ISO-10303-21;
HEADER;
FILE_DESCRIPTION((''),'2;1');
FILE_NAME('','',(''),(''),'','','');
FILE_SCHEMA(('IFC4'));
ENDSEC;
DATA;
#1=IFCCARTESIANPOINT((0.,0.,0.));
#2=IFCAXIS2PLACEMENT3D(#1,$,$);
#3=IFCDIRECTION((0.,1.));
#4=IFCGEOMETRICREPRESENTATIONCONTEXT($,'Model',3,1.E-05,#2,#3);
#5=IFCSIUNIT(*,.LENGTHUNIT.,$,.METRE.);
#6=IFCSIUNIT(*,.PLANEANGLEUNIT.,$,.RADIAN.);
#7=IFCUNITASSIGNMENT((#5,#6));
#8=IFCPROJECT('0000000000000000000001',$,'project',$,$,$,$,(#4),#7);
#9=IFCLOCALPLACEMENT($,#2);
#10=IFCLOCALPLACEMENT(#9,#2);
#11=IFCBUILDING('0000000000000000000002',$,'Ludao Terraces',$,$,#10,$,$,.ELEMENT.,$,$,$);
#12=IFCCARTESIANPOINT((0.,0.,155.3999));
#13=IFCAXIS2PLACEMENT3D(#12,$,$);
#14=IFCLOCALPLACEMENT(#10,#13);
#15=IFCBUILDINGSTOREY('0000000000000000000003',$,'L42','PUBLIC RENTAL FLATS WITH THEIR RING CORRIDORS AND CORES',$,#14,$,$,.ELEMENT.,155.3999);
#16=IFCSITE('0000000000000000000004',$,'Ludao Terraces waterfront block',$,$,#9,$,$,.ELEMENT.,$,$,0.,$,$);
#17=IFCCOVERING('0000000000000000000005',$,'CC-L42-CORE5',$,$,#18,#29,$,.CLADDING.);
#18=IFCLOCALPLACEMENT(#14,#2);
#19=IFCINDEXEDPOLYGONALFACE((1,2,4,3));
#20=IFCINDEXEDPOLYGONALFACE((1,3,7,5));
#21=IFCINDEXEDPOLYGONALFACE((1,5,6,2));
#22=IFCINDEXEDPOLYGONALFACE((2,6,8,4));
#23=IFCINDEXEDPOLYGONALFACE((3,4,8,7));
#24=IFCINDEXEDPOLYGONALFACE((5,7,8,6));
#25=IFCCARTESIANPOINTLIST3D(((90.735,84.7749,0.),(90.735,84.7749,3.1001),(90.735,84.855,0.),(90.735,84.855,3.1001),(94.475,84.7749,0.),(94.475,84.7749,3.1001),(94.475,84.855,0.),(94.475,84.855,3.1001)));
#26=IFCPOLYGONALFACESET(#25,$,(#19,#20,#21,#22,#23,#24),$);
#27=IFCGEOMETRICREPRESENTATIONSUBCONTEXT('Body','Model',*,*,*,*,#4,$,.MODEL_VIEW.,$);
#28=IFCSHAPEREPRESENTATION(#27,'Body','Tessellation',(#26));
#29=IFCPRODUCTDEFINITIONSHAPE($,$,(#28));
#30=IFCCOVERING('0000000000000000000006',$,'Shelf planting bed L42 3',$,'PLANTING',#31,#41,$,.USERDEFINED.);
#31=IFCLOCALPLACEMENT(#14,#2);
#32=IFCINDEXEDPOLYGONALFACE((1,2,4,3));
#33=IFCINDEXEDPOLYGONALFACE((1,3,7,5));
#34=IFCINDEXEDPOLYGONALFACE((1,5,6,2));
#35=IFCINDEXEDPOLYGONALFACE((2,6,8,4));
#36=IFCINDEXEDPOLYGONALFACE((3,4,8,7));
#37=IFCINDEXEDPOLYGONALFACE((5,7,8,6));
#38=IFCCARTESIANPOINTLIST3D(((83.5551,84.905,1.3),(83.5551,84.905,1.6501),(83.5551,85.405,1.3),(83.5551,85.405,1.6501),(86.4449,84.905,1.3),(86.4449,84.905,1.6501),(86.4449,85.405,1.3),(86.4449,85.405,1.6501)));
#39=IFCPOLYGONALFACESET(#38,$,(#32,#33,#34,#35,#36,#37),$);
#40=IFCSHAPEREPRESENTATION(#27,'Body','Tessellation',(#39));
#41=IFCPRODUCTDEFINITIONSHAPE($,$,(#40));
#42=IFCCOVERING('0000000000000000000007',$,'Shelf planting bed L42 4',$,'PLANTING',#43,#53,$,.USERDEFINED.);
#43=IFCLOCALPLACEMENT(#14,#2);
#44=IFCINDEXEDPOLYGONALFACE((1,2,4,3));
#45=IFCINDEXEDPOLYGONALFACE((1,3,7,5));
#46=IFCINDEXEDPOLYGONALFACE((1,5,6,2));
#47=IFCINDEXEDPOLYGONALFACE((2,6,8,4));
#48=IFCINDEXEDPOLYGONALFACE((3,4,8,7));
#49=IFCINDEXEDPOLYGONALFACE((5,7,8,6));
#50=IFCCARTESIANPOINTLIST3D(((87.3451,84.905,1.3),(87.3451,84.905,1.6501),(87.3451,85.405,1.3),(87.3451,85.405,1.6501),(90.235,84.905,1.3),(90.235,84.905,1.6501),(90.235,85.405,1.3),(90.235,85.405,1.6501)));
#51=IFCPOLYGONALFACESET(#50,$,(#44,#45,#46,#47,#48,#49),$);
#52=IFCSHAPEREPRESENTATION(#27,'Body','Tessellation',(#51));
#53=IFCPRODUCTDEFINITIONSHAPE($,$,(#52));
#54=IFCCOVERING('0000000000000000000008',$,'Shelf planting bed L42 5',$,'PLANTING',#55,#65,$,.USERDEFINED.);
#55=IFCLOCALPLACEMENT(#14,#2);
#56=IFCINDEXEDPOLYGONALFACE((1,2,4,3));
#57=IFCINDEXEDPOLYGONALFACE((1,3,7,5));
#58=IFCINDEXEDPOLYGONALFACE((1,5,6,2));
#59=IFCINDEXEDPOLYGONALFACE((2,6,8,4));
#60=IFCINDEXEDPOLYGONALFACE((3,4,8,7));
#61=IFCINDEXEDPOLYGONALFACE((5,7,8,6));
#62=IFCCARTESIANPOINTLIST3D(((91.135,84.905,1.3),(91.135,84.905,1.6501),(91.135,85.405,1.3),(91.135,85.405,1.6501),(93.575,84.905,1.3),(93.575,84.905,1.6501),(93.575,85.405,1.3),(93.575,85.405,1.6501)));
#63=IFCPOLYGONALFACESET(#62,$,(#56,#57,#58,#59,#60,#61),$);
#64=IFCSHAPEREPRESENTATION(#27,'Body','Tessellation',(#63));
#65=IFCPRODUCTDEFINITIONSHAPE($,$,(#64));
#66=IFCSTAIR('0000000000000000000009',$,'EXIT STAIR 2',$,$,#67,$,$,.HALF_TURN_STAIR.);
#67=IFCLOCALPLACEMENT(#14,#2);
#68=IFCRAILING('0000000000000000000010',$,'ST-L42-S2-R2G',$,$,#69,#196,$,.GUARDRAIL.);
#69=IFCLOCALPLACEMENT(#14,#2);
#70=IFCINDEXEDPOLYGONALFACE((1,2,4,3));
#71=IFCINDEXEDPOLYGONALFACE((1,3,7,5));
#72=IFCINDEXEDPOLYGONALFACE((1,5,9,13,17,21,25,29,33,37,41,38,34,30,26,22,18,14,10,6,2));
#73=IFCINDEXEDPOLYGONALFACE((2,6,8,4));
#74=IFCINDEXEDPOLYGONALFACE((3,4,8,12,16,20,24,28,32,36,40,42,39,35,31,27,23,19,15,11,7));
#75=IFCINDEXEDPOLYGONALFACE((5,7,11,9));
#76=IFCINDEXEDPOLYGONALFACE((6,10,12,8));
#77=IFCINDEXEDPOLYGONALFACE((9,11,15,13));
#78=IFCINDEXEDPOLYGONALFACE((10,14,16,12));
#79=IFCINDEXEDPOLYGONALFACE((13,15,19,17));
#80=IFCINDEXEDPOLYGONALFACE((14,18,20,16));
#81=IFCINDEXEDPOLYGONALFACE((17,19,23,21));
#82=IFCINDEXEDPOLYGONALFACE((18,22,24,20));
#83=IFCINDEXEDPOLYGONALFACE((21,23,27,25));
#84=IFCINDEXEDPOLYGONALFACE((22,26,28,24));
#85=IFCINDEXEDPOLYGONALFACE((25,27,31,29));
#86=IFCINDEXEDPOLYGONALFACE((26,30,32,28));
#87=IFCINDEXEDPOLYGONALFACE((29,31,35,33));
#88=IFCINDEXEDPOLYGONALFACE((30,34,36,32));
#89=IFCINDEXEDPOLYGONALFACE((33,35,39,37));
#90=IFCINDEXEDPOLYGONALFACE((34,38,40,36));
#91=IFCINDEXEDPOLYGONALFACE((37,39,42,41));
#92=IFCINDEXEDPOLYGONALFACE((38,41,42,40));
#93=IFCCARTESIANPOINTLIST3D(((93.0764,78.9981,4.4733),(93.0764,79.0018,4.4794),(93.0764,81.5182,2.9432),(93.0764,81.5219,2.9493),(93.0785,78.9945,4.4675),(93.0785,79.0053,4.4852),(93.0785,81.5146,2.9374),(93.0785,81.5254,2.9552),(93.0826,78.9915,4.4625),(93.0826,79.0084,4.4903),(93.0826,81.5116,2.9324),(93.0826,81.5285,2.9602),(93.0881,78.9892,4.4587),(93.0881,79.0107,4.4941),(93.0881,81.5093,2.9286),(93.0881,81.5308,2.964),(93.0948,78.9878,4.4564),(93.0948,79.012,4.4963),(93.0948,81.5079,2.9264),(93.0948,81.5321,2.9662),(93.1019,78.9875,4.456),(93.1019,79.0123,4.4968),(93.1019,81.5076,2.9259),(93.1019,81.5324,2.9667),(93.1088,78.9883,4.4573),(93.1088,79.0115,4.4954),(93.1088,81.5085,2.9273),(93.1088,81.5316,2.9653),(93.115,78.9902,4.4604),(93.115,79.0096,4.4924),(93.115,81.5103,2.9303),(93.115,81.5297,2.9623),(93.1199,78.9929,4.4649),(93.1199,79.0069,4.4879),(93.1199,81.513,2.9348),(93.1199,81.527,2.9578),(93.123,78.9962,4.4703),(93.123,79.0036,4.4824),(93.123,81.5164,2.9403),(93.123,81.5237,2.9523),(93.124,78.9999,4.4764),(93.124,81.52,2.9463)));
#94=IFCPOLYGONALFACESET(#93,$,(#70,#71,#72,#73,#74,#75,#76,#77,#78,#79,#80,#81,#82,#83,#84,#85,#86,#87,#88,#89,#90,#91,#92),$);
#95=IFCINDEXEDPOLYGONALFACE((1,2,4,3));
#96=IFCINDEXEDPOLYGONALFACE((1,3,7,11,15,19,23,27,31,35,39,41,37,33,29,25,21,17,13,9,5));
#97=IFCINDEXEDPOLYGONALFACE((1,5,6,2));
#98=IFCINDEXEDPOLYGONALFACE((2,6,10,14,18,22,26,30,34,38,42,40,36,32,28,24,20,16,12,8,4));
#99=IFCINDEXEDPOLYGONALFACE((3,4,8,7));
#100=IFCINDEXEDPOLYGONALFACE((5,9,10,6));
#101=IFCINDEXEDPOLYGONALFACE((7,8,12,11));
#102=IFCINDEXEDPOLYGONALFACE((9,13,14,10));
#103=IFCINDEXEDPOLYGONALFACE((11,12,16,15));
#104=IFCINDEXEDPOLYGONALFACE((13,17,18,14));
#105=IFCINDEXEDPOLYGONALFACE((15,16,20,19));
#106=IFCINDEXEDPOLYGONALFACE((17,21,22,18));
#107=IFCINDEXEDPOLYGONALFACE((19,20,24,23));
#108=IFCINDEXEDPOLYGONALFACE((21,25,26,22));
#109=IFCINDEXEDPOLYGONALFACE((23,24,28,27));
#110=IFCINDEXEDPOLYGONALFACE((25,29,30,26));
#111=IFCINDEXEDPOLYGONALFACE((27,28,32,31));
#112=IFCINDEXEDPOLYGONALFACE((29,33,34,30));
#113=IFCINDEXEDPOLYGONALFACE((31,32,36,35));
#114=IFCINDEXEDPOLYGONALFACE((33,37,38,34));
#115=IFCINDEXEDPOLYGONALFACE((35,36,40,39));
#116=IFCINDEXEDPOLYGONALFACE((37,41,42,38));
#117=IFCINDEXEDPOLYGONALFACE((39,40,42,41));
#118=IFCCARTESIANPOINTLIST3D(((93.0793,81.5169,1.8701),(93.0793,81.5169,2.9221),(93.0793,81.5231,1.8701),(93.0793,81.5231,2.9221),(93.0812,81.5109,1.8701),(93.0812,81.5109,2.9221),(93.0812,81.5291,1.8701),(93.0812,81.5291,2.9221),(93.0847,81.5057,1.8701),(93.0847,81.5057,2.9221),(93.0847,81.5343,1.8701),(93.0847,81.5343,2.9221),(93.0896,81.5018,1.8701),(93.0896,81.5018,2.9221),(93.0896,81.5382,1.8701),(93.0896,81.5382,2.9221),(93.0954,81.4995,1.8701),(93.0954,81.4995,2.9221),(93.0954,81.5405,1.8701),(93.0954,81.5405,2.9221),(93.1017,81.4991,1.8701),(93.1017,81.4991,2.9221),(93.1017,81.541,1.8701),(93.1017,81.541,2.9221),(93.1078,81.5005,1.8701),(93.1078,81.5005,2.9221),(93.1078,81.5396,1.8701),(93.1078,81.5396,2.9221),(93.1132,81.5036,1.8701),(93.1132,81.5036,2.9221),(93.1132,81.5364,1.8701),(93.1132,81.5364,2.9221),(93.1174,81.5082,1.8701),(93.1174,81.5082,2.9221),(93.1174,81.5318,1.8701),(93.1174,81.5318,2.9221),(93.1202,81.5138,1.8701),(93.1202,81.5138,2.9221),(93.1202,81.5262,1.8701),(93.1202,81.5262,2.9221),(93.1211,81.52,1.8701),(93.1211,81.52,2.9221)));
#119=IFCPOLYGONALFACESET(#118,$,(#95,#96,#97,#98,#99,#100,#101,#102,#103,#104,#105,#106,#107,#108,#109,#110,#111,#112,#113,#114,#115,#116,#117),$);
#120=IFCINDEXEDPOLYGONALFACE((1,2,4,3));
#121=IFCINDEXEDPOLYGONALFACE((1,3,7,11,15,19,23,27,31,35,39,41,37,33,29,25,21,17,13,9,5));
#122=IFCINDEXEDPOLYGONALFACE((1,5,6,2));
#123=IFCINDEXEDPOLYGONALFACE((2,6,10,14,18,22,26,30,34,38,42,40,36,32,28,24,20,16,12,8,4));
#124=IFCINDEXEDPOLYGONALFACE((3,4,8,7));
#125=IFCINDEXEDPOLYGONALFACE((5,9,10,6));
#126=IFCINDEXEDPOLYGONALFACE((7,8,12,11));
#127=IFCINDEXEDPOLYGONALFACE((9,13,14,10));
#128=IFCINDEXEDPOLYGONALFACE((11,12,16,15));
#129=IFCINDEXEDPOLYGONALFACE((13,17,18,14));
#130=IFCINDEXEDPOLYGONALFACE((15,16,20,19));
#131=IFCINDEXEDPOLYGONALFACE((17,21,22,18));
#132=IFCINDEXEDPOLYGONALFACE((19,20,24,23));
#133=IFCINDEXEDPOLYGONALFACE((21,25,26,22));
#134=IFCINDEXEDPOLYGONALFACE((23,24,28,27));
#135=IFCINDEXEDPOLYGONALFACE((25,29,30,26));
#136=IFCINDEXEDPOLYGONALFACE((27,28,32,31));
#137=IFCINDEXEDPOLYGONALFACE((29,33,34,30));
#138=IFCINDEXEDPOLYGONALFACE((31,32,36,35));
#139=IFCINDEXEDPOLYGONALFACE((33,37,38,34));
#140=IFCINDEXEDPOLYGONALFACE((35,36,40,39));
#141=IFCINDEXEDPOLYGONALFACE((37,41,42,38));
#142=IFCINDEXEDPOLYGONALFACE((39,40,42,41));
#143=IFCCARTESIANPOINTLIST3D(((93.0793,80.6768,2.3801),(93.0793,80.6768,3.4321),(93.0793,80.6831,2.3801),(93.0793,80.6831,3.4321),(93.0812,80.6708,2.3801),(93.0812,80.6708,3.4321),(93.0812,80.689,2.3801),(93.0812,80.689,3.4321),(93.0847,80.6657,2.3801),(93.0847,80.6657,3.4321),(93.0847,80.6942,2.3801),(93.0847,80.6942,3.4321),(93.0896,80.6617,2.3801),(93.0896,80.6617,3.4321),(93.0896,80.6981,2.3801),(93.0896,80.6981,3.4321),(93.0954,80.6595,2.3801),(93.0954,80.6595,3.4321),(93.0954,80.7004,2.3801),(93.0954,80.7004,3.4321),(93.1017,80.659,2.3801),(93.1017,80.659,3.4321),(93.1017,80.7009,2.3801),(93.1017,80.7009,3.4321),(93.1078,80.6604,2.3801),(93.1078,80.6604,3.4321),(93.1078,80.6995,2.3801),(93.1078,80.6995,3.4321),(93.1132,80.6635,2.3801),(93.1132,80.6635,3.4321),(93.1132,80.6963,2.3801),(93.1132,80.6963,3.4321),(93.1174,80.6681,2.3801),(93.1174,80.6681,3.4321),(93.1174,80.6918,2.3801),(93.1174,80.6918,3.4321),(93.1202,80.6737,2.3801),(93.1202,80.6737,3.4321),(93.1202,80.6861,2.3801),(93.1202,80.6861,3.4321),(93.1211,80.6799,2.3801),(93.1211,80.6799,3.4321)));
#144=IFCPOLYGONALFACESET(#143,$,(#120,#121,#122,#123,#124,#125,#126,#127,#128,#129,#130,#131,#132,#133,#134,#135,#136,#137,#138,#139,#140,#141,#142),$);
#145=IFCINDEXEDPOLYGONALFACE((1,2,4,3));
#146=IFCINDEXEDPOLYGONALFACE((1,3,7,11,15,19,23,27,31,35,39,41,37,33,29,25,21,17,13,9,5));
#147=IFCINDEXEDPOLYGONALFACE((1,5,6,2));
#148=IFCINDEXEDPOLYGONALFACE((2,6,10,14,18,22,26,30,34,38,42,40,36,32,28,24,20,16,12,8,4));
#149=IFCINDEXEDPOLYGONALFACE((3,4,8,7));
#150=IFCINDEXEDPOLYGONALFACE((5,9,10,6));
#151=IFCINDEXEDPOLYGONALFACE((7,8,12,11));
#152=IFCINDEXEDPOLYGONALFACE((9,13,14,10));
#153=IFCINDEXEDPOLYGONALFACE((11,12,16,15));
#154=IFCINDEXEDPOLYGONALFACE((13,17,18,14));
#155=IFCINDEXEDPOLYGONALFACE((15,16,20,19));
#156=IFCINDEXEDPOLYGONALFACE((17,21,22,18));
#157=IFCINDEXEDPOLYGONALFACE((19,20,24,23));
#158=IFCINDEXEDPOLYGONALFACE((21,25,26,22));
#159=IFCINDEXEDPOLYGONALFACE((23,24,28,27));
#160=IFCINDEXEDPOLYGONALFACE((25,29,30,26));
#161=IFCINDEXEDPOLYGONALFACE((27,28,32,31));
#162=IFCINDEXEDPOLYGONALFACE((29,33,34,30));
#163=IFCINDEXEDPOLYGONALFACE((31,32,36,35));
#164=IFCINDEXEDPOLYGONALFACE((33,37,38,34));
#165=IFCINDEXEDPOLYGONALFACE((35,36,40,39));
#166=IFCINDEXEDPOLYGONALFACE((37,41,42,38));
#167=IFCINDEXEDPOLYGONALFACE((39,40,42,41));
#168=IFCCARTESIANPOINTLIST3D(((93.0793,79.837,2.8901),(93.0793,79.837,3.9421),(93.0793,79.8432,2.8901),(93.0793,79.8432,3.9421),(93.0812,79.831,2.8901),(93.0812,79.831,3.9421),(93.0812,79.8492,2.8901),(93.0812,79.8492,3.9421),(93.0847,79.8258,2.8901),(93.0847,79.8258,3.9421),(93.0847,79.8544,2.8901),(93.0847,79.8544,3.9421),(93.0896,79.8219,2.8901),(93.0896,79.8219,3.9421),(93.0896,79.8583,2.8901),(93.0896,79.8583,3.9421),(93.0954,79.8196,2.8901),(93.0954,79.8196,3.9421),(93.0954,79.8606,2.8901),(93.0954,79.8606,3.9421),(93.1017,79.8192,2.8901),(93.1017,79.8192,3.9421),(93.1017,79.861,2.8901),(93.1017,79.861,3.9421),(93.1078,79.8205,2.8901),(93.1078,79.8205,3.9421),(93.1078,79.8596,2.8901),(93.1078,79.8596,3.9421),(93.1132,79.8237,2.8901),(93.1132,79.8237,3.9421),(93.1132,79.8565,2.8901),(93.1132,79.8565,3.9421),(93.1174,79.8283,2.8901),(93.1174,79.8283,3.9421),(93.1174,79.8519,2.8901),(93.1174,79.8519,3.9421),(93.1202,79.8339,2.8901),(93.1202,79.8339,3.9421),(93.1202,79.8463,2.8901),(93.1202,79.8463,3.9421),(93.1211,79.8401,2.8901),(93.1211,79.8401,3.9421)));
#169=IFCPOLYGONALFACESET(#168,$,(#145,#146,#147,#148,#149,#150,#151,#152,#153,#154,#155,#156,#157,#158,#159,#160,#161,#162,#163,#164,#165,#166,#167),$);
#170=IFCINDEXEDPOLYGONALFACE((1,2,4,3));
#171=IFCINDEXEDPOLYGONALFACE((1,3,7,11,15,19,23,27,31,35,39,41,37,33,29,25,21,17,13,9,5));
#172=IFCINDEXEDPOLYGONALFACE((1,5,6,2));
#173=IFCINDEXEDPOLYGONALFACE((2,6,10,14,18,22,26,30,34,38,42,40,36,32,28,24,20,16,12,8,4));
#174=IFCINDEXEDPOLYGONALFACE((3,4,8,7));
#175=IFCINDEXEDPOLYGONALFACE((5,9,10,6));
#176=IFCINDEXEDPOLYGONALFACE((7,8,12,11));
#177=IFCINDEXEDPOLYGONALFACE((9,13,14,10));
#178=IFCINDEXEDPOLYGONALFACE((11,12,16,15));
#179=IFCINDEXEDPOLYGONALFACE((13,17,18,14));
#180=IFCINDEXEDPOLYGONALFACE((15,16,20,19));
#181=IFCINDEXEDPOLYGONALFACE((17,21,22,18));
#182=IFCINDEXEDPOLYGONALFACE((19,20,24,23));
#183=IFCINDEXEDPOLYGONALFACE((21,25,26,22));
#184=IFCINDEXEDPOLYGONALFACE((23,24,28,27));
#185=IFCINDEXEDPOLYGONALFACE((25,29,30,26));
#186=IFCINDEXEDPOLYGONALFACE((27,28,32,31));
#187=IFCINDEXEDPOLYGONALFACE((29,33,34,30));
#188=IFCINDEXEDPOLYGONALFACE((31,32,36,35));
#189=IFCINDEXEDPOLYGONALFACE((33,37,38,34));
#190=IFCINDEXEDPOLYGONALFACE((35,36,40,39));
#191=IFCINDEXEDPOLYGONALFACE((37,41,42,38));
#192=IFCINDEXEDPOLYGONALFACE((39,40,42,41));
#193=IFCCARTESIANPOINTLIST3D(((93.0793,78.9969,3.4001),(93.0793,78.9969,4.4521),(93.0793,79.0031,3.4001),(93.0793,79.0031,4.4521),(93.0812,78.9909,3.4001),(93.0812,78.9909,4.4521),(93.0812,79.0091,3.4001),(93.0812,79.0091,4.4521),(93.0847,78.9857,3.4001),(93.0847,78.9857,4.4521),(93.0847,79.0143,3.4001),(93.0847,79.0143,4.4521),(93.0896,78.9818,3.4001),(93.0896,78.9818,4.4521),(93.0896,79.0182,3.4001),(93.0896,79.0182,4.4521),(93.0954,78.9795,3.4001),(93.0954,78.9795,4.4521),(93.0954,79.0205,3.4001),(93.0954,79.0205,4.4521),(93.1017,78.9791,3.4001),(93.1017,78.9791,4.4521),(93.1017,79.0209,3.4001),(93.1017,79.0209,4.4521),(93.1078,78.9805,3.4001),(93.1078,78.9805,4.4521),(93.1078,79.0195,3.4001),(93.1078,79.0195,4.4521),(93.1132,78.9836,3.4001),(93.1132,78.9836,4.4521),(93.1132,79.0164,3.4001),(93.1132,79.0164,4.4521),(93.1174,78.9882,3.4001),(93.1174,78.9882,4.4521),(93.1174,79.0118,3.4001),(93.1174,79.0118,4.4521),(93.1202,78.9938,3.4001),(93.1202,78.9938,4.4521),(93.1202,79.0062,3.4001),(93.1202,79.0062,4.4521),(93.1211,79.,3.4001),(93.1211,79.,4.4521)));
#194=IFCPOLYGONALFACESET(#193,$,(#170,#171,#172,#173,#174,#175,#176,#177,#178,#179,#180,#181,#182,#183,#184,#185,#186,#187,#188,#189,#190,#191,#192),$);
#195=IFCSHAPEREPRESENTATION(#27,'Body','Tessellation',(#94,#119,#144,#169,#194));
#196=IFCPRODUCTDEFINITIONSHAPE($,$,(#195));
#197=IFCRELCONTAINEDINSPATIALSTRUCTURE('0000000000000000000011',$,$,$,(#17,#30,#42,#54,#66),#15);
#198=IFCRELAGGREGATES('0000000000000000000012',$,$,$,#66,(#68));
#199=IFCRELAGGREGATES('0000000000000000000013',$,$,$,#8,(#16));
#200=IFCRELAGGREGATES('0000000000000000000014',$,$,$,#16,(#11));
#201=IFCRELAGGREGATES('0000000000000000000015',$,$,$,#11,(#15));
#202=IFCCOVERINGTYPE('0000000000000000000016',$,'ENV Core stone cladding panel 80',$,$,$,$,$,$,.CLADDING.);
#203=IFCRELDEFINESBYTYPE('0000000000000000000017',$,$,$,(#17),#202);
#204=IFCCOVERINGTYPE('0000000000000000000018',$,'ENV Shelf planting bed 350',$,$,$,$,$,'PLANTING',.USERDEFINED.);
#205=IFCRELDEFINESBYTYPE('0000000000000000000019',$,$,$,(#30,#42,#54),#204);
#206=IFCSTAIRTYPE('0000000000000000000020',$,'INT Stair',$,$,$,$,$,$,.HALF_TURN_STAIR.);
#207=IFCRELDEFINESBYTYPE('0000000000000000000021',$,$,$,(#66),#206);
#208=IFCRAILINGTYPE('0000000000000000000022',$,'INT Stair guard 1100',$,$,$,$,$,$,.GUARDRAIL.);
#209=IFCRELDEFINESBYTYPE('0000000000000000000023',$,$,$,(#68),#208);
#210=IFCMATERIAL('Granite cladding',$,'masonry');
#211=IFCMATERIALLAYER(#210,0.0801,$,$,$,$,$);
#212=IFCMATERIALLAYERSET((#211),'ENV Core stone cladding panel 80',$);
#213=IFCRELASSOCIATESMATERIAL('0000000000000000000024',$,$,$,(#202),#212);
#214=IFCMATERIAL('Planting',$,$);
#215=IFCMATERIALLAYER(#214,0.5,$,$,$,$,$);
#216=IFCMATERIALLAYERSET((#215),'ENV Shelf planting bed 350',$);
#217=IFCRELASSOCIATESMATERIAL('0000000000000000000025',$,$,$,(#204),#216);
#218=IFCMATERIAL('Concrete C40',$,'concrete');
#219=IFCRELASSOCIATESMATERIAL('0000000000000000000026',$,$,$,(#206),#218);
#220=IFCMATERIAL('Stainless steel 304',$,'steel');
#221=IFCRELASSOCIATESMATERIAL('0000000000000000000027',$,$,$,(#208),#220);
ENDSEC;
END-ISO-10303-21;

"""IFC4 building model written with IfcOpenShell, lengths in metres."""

from ifc_helpers import new_model, si_unit, direction, frame, origin, origin_2d, place, context, subcontext, project, spatial, rectangle, circle, extrude, material, layer, layer_set, type_object, element, aggregate, save


model = new_model("IFC4")

# Units and contexts
model_context = context("Model", 3, precision=1e-05, world=origin(), true_north=direction((0.0, 1.0)))
body_context = subcontext(model_context, "Body", "Model", "MODEL_VIEW")
ifc_project = project(units=[si_unit("LENGTHUNIT", "METRE"), si_unit("PLANEANGLEUNIT", "RADIAN")], contexts=[model_context])

# Site, building, storey
site_placement = place(None, origin())
site = spatial("IfcSite", under=ifc_project, at=site_placement, Name="Ludao Terraces waterfront block", CompositionType="ELEMENT", RefElevation=0.0)
building_placement = place(site_placement, origin())
building = spatial("IfcBuilding", under=site, at=building_placement, Name="Ludao Terraces", CompositionType="ELEMENT")
storey_placement = place(building_placement, frame((0.0, 0.0, 155.3999)))
storey = spatial("IfcBuildingStorey", under=building, at=storey_placement, Name="L42", Description="PUBLIC RENTAL FLATS WITH THEIR RING CORRIDORS AND CORES", CompositionType="ELEMENT", Elevation=155.3999)

# Shared definitions
ifc_material_1 = material(Name="Stainless steel 304", Category="steel")

# Coverings
ifc_material_2 = material(Name="Granite cladding", Category="masonry")
ifc_layer_1 = layer(ifc_material_2, 0.0801)
ifc_layer_set_1 = layer_set([ifc_layer_1], Name="ENV Core stone cladding panel 80")
covering_type_1 = type_object("IfcCoveringType", Name="ENV Core stone cladding panel 80", PredefinedType="CLADDING", material=ifc_layer_set_1)
covering_1_placement = place(storey_placement, frame((92.605, 84.8149, 0.0), z_axis=(0.0, 0.0, 1.0), x_axis=(1.0, 0.0, 0.0)))
element("IfcCovering", 1, at=covering_1_placement, inside=storey, type_object=covering_type_1, Name="CC-L42-CORE5", PredefinedType="CLADDING", context=body_context, shape_type="SweptSolid", body=[
    extrude(rectangle(XDim=3.74, YDim=0.0801, at=origin_2d()), origin(), (0.0, 0.0, 1.0), 3.1001),
])
ifc_material_3 = material(Name="Planting")
ifc_layer_2 = layer(ifc_material_3, 0.5)
ifc_layer_set_2 = layer_set([ifc_layer_2], Name="ENV Shelf planting bed 350")
covering_type_2 = type_object("IfcCoveringType", Name="ENV Shelf planting bed 350", ElementType="PLANTING", PredefinedType="USERDEFINED", material=ifc_layer_set_2)
for number, where, z_axis, x_axis, name in (
    (2, (85.0, 85.155, 1.3), (0.0, 0.0, 1.0), (1.0, 0.0, 0.0), "Shelf planting bed L42 3"),
    (3, (88.79, 85.155, 1.3), (0.0, 0.0, 1.0), (1.0, 0.0, 0.0), "Shelf planting bed L42 4"),
):
    element("IfcCovering", number, at=place(storey_placement, frame(where, z_axis=z_axis, x_axis=x_axis)), inside=storey, type_object=covering_type_2, Name=name, ObjectType="PLANTING", PredefinedType="USERDEFINED", context=body_context, shape_type="SweptSolid", body=[
        extrude(rectangle(XDim=2.8899, YDim=0.5, at=origin_2d()), origin(), (0.0, 0.0, 1.0), 0.3501),
    ])
covering_2_placement = place(storey_placement, frame((92.355, 85.155, 1.3), z_axis=(0.0, 0.0, 1.0), x_axis=(1.0, 0.0, 0.0)))
element("IfcCovering", 4, at=covering_2_placement, inside=storey, type_object=covering_type_2, Name="Shelf planting bed L42 5", ObjectType="PLANTING", PredefinedType="USERDEFINED", context=body_context, shape_type="SweptSolid", body=[
    extrude(rectangle(XDim=2.4399, YDim=0.5, at=origin_2d()), origin(), (0.0, 0.0, 1.0), 0.3501),
])

# Stair, railing
ifc_material_4 = material(Name="Concrete C40", Category="concrete")
stair_type = type_object("IfcStairType", Name="INT Stair", PredefinedType="HALF_TURN_STAIR", material=ifc_material_4)
stair_placement = place(storey_placement, origin())
stair = element("IfcStair", 5, at=stair_placement, inside=storey, type_object=stair_type, Name="EXIT STAIR 2", PredefinedType="HALF_TURN_STAIR")
railing_type_1 = type_object("IfcRailingType", Name="INT Stair guard 1100", PredefinedType="GUARDRAIL", material=ifc_material_1)
railing_1_placement = place(storey_placement, frame((93.1001, 81.52, 1.8701)))
railing_1 = element("IfcRailing", 6, at=railing_1_placement, type_object=railing_type_1, Name="ST-L42-S2-R2G", PredefinedType="GUARDRAIL", context=body_context, shape_type="SweptSolid", body=[
    extrude(circle(Radius=0.0239, at=origin_2d()), frame((0.0, 0.0, 1.0762), z_axis=(0.0, -0.854785, 0.518982), x_axis=(1.0, 0.0, 0.0)), (0.0, 0.0, 1.0), 2.9482),
    extrude(circle(Radius=0.021, at=origin_2d()), origin(), (0.0, 0.0, 1.0), 1.052),
    extrude(circle(Radius=0.021, at=origin_2d()), frame((0.0, -0.8401, 0.51)), (0.0, 0.0, 1.0), 1.052),
    extrude(circle(Radius=0.021, at=origin_2d()), frame((0.0, -1.6799, 1.02)), (0.0, 0.0, 1.0), 1.052),
    extrude(circle(Radius=0.021, at=origin_2d()), frame((0.0, -2.52, 1.53)), (0.0, 0.0, 1.0), 1.052),
])
aggregate(stair, [railing_1])

save(model, "model.ifc")
